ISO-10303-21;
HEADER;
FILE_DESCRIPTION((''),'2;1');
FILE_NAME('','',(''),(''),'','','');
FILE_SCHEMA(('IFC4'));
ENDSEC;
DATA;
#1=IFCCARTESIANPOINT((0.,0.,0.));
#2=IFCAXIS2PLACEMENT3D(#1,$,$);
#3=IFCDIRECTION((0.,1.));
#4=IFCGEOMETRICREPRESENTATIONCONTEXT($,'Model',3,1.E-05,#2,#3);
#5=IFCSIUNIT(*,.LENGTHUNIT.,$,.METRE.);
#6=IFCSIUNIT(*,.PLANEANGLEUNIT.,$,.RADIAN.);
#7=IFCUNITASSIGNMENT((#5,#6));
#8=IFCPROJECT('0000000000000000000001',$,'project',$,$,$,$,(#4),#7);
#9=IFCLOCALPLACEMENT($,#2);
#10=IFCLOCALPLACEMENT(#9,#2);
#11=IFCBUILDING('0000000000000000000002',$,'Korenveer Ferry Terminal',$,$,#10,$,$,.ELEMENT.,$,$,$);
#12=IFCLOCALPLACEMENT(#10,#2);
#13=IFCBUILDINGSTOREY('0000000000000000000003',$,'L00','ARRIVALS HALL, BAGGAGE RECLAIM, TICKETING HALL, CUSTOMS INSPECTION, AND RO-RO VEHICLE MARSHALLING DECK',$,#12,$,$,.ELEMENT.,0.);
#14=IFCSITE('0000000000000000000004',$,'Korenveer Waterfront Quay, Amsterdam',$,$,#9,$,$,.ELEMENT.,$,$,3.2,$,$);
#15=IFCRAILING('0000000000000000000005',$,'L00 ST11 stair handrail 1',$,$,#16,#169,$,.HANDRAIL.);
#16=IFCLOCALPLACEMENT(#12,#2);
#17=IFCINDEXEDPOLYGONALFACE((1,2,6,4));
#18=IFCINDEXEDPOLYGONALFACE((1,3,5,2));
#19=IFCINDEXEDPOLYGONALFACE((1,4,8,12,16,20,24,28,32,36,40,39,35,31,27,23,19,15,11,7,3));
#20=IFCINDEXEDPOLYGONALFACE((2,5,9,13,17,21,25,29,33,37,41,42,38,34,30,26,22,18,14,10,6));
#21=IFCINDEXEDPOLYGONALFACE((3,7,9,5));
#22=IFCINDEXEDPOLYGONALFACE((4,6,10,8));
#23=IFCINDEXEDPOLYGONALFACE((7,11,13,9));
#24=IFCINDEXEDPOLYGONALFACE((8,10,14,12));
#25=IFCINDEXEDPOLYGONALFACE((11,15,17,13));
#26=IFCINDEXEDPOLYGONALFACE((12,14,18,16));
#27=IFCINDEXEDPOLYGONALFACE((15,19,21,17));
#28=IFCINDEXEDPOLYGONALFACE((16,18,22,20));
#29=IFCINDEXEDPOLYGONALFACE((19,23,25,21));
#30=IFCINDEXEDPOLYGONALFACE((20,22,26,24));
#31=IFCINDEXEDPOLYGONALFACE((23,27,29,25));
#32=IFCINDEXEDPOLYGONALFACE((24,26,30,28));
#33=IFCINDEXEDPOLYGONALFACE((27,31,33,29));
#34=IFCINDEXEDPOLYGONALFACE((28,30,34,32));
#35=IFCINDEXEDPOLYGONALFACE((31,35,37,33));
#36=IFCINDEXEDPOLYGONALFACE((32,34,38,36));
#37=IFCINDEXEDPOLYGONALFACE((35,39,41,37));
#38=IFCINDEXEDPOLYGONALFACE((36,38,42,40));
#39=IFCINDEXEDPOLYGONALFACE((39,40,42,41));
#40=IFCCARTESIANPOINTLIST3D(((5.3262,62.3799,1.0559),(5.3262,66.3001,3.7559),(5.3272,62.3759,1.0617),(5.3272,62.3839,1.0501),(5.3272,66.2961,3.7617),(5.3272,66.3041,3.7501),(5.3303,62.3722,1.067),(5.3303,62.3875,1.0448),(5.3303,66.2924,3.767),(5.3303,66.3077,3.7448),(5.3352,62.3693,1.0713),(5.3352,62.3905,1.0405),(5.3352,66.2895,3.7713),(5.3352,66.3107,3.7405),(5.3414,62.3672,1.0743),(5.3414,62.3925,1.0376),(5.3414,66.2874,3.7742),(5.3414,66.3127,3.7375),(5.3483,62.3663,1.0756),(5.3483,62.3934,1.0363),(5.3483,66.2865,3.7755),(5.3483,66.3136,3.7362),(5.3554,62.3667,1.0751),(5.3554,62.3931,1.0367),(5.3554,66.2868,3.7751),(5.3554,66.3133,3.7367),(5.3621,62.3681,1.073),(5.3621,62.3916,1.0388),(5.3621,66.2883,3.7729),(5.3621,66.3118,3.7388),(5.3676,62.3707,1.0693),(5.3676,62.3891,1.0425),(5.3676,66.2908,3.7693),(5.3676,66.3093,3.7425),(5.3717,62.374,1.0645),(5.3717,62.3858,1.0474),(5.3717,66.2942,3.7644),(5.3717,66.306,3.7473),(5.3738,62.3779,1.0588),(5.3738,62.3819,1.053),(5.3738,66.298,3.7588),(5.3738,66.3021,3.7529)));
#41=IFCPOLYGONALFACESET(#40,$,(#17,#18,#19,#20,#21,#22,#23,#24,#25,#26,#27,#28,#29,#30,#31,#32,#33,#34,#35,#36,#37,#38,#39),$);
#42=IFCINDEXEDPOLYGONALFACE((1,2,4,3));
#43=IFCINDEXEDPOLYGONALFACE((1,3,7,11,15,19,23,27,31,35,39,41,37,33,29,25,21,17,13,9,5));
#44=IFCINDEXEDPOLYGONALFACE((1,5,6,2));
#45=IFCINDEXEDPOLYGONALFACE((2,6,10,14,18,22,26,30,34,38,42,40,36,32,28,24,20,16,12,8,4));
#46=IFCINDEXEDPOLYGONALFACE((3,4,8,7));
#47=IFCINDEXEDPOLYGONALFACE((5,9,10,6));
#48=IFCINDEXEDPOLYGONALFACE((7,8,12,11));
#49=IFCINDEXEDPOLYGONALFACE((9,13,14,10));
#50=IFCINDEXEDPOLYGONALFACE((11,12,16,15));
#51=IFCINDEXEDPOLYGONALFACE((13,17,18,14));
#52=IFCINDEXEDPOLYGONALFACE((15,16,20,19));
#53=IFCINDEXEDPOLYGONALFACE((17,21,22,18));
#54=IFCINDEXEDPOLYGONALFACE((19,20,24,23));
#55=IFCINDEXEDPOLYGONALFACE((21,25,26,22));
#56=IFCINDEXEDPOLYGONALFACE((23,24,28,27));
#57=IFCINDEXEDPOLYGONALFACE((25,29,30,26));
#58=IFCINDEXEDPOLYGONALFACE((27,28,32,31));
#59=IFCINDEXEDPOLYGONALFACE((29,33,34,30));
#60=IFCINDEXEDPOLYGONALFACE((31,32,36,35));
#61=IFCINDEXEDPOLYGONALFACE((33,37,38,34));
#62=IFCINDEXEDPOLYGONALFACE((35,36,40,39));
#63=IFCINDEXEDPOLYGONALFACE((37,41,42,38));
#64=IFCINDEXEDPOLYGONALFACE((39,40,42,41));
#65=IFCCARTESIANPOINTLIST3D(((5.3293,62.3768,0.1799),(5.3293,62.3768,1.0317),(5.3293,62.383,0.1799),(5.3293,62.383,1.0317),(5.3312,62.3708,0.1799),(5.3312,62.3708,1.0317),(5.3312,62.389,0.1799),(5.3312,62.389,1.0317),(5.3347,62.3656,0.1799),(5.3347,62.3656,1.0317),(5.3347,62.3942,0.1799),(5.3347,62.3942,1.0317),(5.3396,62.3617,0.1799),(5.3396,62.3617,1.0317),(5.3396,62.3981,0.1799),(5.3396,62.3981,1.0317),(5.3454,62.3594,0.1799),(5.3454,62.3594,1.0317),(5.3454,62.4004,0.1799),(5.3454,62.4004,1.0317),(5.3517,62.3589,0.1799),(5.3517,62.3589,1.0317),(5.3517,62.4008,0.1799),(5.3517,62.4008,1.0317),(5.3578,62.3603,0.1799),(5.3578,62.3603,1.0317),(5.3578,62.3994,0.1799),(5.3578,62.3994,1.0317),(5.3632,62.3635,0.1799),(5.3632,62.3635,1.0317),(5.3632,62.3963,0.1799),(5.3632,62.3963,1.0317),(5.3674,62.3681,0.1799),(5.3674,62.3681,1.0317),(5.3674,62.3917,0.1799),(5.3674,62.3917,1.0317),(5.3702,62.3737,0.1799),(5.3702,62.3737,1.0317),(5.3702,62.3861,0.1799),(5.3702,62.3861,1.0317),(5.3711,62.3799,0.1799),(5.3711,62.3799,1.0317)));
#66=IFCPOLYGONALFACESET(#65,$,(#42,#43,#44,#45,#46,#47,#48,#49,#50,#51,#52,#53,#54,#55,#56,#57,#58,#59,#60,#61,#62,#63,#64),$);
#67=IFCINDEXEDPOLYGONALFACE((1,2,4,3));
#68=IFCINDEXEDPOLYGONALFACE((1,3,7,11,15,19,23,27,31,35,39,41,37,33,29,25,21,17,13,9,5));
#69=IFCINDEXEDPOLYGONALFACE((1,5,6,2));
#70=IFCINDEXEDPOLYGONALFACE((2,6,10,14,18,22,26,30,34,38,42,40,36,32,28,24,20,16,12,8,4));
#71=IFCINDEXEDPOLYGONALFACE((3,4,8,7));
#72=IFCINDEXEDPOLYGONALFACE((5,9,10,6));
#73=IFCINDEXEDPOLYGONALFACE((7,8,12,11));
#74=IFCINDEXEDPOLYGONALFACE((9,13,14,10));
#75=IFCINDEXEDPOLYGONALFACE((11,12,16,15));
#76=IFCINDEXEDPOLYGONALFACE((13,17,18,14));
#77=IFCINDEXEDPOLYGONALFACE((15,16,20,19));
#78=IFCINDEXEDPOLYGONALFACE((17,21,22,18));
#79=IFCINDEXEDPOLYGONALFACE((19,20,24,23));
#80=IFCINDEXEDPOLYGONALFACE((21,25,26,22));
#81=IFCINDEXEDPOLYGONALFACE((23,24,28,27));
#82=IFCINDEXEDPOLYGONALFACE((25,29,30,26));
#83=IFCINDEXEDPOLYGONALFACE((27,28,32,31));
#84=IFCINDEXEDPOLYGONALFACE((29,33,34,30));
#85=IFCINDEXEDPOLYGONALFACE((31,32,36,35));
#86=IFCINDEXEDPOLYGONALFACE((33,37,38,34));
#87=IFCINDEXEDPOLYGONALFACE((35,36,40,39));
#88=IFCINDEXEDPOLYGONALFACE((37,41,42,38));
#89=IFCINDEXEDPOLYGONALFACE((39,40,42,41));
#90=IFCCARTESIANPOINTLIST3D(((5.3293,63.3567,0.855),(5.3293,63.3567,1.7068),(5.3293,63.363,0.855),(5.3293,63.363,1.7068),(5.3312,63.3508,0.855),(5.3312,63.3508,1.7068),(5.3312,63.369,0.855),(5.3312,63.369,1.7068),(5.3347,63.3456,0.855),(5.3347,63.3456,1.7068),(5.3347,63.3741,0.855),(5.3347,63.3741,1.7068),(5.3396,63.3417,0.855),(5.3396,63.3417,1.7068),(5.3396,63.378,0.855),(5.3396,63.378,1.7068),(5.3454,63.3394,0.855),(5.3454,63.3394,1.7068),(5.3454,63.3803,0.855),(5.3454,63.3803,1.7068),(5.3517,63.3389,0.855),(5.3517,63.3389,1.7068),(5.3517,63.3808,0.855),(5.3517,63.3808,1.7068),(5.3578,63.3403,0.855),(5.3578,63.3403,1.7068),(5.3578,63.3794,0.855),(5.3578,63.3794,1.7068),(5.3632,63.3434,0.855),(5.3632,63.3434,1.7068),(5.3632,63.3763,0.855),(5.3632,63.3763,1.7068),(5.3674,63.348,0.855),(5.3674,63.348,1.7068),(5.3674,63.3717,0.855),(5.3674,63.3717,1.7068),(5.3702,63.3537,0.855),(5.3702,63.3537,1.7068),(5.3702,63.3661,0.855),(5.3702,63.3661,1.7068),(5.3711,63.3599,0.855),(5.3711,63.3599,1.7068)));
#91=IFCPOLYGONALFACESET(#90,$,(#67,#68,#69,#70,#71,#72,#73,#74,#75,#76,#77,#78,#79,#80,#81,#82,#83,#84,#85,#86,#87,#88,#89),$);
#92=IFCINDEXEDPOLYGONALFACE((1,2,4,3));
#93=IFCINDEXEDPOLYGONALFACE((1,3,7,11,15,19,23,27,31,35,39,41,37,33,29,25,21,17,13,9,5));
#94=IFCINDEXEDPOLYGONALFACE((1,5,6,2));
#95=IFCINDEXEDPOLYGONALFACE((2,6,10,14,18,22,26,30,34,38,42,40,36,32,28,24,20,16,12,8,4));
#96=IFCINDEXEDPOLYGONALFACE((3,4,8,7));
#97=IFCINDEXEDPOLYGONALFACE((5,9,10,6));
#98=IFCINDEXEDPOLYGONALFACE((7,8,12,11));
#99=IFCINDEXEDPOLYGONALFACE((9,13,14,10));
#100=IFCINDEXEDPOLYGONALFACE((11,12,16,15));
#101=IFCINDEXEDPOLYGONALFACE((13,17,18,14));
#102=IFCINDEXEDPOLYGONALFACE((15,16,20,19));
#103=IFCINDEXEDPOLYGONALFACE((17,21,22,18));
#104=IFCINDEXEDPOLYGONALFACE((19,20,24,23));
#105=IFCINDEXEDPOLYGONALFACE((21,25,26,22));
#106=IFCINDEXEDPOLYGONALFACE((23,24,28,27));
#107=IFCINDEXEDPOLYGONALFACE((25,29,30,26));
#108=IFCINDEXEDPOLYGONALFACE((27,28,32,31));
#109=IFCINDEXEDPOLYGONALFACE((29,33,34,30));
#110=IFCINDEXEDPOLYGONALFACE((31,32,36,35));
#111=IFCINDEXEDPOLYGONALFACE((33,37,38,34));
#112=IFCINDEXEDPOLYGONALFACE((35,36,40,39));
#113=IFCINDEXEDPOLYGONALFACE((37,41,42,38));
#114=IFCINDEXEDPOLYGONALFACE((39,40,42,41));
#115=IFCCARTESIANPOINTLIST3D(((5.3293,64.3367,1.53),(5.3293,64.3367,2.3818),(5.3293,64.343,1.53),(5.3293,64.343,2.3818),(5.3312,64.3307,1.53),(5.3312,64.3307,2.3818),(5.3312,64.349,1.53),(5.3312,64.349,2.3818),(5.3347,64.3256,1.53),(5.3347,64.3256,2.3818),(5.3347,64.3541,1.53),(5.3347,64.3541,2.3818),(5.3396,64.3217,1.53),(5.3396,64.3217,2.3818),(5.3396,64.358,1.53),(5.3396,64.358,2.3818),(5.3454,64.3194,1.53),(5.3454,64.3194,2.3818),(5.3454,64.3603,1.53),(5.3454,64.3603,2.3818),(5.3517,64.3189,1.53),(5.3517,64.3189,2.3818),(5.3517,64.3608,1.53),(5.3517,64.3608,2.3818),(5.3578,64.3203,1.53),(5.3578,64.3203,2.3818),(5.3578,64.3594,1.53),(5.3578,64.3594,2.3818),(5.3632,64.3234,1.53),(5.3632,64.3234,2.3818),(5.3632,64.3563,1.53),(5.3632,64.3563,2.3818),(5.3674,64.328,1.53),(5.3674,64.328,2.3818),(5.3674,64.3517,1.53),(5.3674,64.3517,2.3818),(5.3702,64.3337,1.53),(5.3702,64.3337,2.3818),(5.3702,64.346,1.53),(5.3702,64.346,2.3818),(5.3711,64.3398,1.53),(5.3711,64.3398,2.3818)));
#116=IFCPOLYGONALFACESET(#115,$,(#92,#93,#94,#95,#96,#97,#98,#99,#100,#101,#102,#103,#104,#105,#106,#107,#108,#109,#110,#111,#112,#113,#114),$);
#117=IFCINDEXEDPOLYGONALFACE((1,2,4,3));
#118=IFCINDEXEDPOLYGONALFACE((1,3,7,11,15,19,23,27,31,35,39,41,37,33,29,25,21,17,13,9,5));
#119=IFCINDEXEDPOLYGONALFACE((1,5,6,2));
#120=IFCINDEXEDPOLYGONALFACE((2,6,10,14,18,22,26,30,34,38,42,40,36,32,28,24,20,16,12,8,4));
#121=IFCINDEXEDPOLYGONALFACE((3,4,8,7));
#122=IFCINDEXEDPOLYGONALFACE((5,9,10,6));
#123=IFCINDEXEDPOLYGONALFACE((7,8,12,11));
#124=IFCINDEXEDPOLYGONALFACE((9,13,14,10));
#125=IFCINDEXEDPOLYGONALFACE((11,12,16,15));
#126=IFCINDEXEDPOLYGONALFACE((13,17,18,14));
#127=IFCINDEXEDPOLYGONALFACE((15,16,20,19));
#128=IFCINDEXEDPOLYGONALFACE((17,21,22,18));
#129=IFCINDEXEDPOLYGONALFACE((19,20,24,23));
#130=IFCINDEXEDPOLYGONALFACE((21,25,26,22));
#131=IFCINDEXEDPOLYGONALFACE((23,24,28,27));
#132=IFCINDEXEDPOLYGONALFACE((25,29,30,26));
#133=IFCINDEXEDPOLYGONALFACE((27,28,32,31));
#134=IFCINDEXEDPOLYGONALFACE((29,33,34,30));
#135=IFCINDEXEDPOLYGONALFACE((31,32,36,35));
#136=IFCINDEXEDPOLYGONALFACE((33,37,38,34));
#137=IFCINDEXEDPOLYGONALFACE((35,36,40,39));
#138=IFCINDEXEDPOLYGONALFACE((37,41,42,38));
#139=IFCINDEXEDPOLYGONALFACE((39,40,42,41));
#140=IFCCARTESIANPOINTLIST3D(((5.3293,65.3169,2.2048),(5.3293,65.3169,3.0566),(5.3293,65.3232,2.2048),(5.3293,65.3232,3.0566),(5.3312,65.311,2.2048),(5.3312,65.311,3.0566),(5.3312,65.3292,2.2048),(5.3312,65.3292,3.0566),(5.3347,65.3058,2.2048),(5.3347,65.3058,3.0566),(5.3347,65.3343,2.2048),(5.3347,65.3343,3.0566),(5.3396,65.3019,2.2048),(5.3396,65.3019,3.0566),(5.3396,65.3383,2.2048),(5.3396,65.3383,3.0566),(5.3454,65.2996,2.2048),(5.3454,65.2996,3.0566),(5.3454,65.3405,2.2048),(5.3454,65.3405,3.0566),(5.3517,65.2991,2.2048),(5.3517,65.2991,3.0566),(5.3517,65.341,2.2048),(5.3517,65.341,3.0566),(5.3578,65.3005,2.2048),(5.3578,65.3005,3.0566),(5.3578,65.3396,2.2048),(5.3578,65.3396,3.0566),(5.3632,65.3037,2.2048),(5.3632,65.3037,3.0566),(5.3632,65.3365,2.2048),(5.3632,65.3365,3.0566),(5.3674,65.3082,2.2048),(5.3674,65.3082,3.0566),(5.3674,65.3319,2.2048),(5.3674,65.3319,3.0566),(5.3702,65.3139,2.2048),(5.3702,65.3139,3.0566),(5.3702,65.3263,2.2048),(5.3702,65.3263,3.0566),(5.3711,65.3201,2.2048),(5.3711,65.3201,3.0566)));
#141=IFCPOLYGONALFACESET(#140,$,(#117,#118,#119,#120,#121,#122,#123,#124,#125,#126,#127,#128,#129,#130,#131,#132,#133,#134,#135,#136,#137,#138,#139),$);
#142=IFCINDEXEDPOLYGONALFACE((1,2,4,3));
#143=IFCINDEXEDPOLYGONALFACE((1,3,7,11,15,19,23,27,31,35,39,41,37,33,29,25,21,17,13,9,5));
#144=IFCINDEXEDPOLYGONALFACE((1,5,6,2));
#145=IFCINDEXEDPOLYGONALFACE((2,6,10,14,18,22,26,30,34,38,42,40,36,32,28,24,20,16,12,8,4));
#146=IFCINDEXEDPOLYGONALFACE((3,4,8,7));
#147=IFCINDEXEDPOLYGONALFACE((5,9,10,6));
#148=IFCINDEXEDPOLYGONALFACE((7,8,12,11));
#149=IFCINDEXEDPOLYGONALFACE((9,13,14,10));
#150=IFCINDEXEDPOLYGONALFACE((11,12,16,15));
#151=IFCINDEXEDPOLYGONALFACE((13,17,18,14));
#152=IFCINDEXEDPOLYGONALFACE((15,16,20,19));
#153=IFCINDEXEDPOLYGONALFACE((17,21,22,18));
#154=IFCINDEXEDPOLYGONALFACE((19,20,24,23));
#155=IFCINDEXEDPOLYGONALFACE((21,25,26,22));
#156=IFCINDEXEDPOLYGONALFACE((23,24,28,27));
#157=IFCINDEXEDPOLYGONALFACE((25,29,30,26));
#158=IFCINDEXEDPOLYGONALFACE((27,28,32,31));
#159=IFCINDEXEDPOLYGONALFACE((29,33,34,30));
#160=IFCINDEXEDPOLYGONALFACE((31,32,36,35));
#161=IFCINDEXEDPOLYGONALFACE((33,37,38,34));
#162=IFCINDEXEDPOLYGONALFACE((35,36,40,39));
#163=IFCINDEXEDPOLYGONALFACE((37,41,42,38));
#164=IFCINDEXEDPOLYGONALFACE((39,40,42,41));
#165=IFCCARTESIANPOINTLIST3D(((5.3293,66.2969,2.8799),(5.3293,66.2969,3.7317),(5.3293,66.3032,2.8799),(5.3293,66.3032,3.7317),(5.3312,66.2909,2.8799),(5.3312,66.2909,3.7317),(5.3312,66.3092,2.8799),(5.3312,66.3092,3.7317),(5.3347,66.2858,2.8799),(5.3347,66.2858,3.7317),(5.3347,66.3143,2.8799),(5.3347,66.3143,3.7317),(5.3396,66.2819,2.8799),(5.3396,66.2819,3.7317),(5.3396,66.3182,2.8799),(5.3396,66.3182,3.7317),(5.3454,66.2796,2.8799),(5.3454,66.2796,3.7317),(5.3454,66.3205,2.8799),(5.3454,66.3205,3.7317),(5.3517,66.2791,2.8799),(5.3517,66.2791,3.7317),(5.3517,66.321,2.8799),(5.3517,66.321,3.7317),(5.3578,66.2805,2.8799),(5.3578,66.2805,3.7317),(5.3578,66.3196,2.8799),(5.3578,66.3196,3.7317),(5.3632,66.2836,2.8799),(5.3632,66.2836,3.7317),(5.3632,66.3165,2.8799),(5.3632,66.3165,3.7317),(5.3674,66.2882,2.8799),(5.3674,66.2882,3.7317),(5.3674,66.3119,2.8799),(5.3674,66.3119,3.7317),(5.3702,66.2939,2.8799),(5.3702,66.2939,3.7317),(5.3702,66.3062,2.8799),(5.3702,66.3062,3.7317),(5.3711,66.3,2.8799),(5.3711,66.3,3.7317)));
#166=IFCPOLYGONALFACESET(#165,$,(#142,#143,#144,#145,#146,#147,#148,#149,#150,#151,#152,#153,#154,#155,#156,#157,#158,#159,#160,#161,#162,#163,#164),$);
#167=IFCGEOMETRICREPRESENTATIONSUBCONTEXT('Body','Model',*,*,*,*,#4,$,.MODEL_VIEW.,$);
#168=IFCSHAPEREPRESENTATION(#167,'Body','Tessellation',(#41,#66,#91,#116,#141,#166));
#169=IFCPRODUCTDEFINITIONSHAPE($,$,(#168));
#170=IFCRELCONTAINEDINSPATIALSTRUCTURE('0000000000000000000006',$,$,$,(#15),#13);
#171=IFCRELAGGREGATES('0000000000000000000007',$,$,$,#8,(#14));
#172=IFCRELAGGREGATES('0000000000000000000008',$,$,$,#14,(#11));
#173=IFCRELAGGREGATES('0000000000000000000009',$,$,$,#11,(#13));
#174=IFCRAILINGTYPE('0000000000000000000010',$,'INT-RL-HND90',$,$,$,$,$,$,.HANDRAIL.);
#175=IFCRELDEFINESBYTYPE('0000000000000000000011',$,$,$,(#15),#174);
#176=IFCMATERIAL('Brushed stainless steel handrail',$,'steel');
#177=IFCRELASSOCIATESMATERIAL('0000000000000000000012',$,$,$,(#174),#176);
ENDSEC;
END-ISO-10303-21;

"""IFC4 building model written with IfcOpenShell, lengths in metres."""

from ifc_helpers import new_model, si_unit, direction, frame, origin, origin_2d, place, context, subcontext, project, spatial, circle, extrude, material, type_object, element, save


model = new_model("IFC4")

# Units and contexts
model_context = context("Model", 3, precision=1e-05, world=origin(), true_north=direction((0.0, 1.0)))
body_context = subcontext(model_context, "Body", "Model", "MODEL_VIEW")
ifc_project = project(units=[si_unit("LENGTHUNIT", "METRE"), si_unit("PLANEANGLEUNIT", "RADIAN")], contexts=[model_context])

# Site, building, storey
site_placement = place(None, origin())
site = spatial("IfcSite", under=ifc_project, at=site_placement, Name="Korenveer Waterfront Quay, Amsterdam", CompositionType="ELEMENT", RefElevation=3.2)
building_placement = place(site_placement, origin())
building = spatial("IfcBuilding", under=site, at=building_placement, Name="Korenveer Ferry Terminal", CompositionType="ELEMENT")
storey_placement = place(building_placement, origin())
storey = spatial("IfcBuildingStorey", under=building, at=storey_placement, Name="L00", Description="ARRIVALS HALL, BAGGAGE RECLAIM, TICKETING HALL, CUSTOMS INSPECTION, AND RO-RO VEHICLE MARSHALLING DECK", CompositionType="ELEMENT", Elevation=0.0)

# Railing
ifc_material_1 = material(Name="Brushed stainless steel handrail", Category="steel")
railing_type_1 = type_object("IfcRailingType", Name="INT-RL-HND90", PredefinedType="HANDRAIL", material=ifc_material_1)
railing_1_placement = place(storey_placement, frame((5.3501, 62.3799, 0.1799)))
element("IfcRailing", 1, at=railing_1_placement, inside=storey, type_object=railing_type_1, Name="L00 ST11 stair handrail 1", PredefinedType="HANDRAIL", context=body_context, shape_type="SweptSolid", body=[
    extrude(circle(Radius=0.0239, at=origin_2d()), frame((0.0, 0.0, 0.876), z_axis=(0.0, 0.823567, 0.567219), x_axis=(-1.0, 0.0, 0.0)), (0.0, 0.0, 1.0), 4.76),
    extrude(circle(Radius=0.021, at=origin_2d()), origin(), (0.0, 0.0, 1.0), 0.8518),
    extrude(circle(Radius=0.021, at=origin_2d()), frame((0.0, 0.98, 0.675)), (0.0, 0.0, 1.0), 0.8518),
    extrude(circle(Radius=0.021, at=origin_2d()), frame((0.0, 1.96, 1.3501)), (0.0, 0.0, 1.0), 0.8518),
    extrude(circle(Radius=0.021, at=origin_2d()), frame((0.0, 2.9402, 2.0249)), (0.0, 0.0, 1.0), 0.8518),
    extrude(circle(Radius=0.021, at=origin_2d()), frame((0.0, 3.9202, 2.7)), (0.0, 0.0, 1.0), 0.8518),
])

save(model, "model.ifc")
